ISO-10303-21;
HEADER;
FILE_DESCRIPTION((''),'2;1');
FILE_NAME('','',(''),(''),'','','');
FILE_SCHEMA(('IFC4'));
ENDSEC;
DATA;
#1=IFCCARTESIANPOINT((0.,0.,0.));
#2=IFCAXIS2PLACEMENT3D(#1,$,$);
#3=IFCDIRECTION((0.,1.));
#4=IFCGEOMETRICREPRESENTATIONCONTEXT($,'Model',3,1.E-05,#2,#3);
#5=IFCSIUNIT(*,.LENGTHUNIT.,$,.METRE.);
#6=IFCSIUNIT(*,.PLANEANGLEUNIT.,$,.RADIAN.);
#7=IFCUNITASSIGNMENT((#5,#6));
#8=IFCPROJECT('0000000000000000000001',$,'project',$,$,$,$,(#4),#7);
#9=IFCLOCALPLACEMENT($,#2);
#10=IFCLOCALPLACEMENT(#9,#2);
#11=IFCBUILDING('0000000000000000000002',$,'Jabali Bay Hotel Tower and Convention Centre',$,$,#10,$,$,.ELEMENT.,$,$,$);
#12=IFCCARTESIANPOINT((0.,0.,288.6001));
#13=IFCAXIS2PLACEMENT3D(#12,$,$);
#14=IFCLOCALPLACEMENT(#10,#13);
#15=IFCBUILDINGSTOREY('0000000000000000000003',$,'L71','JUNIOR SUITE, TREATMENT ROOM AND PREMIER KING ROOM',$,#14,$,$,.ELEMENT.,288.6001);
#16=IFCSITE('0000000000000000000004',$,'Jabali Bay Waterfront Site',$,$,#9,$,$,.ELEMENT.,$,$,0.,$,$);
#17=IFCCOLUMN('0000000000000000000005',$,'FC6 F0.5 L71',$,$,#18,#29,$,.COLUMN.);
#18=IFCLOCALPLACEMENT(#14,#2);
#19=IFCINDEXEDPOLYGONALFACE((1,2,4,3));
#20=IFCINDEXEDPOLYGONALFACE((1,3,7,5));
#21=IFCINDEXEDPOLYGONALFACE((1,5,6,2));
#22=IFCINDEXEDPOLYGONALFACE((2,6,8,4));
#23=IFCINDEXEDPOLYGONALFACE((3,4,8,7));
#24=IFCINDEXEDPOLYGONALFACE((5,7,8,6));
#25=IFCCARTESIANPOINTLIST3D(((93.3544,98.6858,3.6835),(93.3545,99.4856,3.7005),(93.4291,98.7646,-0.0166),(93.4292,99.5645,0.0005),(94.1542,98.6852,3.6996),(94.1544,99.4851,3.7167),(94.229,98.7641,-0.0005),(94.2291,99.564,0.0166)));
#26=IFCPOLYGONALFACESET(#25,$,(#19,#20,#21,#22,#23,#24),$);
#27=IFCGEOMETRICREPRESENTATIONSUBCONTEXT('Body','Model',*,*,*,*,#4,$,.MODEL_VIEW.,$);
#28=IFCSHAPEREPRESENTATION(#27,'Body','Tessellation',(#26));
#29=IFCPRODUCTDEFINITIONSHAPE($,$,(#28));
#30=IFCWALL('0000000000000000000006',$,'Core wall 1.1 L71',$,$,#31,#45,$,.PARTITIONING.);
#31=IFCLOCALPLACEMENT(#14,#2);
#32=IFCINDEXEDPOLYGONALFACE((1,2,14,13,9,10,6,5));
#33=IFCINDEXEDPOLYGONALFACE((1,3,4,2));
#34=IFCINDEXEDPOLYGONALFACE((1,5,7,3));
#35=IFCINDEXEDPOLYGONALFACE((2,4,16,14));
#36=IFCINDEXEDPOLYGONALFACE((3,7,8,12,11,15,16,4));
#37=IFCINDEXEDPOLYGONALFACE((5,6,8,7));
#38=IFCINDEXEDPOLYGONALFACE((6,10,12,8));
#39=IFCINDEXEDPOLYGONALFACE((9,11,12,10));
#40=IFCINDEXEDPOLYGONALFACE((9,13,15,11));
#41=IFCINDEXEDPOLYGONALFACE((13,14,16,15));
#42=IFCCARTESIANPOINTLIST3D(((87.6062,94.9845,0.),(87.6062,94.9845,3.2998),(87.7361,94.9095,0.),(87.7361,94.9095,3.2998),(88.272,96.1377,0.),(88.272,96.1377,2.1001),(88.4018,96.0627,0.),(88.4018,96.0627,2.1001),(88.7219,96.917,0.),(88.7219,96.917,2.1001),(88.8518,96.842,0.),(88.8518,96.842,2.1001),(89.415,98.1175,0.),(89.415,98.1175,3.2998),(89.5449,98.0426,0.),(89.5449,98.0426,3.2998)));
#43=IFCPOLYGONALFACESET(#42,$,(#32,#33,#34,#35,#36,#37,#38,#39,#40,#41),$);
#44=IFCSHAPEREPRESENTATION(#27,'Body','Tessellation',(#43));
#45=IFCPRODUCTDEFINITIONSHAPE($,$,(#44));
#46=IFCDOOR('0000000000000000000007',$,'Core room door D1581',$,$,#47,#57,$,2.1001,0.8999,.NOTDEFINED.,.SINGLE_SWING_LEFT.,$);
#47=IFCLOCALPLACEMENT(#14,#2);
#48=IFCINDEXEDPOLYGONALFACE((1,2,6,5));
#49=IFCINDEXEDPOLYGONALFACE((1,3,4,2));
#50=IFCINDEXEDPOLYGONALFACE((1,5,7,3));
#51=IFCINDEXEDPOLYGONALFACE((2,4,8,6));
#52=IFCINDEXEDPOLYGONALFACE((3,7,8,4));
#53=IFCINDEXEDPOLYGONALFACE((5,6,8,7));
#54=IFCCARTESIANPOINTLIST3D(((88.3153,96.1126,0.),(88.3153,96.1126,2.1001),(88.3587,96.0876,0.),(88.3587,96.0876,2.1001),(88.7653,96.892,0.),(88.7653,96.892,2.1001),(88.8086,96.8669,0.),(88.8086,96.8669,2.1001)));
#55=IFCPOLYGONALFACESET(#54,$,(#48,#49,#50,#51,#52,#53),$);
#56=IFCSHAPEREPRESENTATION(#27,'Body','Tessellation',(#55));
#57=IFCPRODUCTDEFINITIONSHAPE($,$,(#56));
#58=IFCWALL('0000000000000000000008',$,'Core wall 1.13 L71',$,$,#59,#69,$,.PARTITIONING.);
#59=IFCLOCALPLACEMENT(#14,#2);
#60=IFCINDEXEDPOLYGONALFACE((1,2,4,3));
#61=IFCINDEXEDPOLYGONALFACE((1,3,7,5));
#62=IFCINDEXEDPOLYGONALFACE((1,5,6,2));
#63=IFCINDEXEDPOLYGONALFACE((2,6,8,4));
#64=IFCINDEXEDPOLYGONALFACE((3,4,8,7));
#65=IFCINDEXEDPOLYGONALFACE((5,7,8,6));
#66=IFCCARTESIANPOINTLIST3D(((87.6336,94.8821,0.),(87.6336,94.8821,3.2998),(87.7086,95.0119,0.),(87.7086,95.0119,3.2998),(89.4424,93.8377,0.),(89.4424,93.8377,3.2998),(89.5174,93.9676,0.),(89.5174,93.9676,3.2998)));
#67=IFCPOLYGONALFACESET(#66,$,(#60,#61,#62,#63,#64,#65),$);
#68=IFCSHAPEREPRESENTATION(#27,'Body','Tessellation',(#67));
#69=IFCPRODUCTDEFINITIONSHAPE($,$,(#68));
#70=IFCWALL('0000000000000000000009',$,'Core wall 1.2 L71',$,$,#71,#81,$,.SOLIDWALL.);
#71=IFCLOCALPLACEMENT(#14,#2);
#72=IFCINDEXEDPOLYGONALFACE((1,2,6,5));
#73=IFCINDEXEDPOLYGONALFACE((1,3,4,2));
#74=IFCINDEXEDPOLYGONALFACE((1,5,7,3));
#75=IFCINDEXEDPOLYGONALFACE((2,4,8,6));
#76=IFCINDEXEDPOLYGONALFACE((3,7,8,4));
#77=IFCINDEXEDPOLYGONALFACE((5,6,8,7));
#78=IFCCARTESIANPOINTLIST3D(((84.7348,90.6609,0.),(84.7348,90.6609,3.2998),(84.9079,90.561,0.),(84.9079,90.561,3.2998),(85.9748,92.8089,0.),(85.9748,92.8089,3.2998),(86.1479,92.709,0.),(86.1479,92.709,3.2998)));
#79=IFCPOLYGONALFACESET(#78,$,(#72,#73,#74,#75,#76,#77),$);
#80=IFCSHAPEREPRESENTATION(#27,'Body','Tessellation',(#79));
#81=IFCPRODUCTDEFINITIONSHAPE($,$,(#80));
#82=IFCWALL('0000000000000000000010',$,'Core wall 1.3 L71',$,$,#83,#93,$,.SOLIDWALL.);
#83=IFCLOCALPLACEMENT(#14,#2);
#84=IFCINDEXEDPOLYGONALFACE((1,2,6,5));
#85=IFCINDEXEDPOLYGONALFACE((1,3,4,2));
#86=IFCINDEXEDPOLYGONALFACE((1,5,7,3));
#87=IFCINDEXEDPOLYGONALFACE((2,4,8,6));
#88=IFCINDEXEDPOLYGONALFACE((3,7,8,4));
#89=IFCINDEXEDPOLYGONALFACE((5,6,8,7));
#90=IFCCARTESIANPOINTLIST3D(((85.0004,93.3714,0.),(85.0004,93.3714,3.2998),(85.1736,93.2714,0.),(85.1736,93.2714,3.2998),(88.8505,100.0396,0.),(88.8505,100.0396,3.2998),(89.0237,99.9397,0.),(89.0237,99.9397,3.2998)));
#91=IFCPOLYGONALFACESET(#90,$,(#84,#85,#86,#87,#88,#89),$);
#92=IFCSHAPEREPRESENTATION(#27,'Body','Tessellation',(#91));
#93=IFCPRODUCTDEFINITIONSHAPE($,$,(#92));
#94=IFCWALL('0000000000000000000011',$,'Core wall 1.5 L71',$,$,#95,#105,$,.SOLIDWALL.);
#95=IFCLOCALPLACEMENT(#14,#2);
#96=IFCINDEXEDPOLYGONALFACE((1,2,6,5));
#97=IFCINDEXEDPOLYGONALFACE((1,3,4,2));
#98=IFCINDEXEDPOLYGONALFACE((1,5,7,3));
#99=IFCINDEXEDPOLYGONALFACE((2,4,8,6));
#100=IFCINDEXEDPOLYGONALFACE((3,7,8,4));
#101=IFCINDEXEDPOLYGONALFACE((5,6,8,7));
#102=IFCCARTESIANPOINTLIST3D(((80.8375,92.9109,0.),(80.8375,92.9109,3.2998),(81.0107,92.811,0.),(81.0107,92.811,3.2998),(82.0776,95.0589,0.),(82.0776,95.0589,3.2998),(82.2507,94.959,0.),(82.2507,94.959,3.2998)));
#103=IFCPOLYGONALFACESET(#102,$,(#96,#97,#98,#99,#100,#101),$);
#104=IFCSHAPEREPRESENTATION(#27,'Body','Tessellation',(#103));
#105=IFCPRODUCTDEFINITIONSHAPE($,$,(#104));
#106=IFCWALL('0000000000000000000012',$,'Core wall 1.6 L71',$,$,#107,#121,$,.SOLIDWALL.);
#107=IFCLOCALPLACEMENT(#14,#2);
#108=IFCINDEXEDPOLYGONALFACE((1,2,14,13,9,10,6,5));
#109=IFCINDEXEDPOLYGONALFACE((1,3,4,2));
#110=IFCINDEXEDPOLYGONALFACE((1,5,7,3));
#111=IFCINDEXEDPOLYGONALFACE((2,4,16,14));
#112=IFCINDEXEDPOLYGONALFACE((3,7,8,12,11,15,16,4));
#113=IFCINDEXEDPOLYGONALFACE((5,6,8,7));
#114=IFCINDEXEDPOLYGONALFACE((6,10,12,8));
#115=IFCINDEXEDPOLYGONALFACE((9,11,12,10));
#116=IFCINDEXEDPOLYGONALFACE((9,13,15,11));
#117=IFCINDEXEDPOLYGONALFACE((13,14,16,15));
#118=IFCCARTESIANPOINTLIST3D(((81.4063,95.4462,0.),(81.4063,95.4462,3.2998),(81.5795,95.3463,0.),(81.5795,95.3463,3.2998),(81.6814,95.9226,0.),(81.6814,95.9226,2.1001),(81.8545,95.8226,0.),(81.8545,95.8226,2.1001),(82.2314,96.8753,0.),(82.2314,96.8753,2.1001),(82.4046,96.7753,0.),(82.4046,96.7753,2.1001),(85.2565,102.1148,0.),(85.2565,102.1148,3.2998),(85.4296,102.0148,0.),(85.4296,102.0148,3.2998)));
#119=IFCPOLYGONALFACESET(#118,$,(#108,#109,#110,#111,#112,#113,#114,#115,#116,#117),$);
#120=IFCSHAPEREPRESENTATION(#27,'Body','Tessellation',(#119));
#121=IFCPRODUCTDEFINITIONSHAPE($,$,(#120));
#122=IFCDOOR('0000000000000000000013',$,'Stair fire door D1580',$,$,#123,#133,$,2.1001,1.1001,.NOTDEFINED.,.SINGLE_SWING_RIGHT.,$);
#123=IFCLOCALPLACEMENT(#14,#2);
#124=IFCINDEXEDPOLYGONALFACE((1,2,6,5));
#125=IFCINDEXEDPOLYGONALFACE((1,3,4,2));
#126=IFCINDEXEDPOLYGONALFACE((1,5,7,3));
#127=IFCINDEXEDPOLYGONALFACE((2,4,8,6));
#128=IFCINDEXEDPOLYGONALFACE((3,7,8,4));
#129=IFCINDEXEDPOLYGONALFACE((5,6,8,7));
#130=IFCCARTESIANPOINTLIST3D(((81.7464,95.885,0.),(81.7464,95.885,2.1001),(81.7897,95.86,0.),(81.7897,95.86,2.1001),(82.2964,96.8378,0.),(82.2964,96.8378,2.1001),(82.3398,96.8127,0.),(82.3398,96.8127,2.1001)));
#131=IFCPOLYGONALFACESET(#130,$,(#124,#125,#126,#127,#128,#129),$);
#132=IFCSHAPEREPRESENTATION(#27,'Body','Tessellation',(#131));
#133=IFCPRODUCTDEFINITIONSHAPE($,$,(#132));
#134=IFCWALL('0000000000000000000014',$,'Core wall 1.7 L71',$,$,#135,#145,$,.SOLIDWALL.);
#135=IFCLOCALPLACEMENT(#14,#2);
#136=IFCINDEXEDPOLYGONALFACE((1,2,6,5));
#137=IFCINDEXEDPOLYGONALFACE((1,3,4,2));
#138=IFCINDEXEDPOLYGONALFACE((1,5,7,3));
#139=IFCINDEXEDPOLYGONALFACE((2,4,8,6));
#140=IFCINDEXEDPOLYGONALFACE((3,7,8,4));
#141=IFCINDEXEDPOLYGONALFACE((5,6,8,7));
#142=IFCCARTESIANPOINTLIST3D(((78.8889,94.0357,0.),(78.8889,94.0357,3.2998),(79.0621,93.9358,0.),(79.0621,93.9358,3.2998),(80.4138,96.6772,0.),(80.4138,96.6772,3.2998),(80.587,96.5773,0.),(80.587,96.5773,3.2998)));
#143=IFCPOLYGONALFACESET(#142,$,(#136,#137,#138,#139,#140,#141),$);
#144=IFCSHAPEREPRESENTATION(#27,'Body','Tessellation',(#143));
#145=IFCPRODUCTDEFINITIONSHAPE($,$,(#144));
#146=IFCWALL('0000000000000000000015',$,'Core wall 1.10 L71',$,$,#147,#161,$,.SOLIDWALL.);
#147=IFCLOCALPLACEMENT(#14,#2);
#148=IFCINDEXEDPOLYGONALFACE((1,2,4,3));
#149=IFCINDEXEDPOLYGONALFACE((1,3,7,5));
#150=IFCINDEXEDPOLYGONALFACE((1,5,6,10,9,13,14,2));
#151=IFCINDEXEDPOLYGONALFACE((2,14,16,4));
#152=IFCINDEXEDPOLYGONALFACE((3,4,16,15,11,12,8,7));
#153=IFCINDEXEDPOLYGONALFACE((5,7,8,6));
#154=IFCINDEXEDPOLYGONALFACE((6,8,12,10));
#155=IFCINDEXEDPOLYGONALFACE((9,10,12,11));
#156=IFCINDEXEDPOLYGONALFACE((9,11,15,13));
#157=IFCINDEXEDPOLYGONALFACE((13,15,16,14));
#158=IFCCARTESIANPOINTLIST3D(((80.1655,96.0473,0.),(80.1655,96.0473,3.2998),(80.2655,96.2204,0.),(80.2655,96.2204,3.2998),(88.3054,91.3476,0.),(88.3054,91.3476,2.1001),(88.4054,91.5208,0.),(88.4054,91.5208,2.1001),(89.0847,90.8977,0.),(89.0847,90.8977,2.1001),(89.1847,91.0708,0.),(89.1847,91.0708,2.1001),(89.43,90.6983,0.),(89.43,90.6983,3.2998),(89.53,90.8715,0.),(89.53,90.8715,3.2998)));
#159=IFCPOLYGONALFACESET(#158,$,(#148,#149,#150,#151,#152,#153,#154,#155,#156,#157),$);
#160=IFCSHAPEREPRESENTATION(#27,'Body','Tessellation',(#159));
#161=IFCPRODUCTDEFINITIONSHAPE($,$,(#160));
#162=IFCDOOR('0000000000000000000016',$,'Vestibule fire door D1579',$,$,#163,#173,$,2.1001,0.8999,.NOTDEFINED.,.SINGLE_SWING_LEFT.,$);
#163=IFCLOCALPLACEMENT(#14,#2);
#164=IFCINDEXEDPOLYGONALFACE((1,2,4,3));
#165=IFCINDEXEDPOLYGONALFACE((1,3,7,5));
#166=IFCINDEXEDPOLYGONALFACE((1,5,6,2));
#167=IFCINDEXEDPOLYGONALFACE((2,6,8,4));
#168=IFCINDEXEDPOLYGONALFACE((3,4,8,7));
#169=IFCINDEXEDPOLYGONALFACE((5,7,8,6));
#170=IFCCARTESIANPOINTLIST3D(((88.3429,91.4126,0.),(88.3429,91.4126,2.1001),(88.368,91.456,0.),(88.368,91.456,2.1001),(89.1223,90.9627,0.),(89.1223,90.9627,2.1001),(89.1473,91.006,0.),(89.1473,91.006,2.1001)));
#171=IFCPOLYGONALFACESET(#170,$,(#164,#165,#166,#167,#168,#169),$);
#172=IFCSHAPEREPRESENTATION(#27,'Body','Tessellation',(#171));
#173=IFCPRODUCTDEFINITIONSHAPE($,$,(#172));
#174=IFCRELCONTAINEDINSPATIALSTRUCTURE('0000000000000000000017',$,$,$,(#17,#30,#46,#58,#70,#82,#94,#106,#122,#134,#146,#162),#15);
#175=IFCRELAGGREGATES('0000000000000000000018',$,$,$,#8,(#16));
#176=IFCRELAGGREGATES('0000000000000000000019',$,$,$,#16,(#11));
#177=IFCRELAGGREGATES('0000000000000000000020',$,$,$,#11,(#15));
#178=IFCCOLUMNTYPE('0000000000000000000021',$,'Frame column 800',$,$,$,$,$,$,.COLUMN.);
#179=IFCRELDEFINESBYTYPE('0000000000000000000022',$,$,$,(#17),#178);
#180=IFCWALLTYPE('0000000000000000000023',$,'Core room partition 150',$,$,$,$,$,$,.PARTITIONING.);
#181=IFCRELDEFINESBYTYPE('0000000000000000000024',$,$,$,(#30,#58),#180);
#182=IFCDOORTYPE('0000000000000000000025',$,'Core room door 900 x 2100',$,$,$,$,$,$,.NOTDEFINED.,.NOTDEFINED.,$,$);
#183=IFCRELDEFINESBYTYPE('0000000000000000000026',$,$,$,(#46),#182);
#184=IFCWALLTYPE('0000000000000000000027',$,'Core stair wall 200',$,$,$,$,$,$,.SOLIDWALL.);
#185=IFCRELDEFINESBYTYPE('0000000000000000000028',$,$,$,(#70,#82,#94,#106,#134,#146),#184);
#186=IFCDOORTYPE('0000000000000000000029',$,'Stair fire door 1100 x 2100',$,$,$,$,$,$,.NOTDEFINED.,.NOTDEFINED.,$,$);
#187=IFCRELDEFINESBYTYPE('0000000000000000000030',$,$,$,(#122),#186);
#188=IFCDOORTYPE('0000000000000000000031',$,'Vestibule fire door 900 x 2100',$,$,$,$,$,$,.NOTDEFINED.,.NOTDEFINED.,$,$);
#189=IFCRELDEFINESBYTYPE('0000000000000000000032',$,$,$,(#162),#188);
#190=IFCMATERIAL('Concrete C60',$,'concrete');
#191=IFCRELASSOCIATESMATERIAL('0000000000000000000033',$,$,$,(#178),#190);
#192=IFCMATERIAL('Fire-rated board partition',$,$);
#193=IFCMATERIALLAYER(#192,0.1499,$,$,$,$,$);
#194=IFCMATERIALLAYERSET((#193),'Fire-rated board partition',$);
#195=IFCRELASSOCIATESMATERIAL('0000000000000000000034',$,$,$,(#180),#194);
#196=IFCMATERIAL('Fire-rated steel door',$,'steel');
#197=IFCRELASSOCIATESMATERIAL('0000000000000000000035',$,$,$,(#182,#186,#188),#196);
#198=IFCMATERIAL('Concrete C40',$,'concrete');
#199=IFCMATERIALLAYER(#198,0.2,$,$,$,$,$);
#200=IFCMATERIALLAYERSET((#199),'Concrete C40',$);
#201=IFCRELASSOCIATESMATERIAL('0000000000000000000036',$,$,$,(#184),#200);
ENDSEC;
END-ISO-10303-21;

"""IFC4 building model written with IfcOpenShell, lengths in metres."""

from ifc_helpers import new_model, si_unit, direction, frame, frame_2d, origin, origin_2d, place, context, subcontext, project, spatial, rectangle, extrude, material, layer, layer_set, material_profile, profile_set, type_object, element, fill, save


model = new_model("IFC4")

# Units and contexts
model_context = context("Model", 3, precision=1e-05, world=origin(), true_north=direction((0.0, 1.0)))
body_context = subcontext(model_context, "Body", "Model", "MODEL_VIEW")
ifc_project = project(units=[si_unit("LENGTHUNIT", "METRE"), si_unit("PLANEANGLEUNIT", "RADIAN")], contexts=[model_context])

# Site, building, storey
site_placement = place(None, origin())
site = spatial("IfcSite", under=ifc_project, at=site_placement, Name="Jabali Bay Waterfront Site", CompositionType="ELEMENT", RefElevation=0.0)
building_placement = place(site_placement, origin())
building = spatial("IfcBuilding", under=site, at=building_placement, Name="Jabali Bay Hotel Tower and Convention Centre", CompositionType="ELEMENT")
storey_placement = place(building_placement, frame((0.0, 0.0, 288.6001)))
storey = spatial("IfcBuildingStorey", under=building, at=storey_placement, Name="L71", Description="JUNIOR SUITE, TREATMENT ROOM AND PREMIER KING ROOM", CompositionType="ELEMENT", Elevation=288.6001)

# Column
ifc_material_1 = material(Name="Concrete C60", Category="concrete")
ifc_material_profile = material_profile(ifc_material_1, rectangle(XDim=0.8, YDim=0.8, at=origin_2d()), Name="Frame column 800")
ifc_profile_set = profile_set([ifc_material_profile], Name="Concrete C60")
column_type = type_object("IfcColumnType", Name="Frame column 800", PredefinedType="COLUMN", material=ifc_profile_set)
column_placement = place(storey_placement, frame((93.8291, 99.1643, 0.0), z_axis=(-0.020183, -0.021304, 0.999569), x_axis=(0.999796, -0.000658, 0.020173)))
element("IfcColumn", 1, at=column_placement, inside=storey, type_object=column_type, Name="FC6 F0.5 L71", PredefinedType="COLUMN", context=body_context, shape_type="SweptSolid", body=[
    extrude(rectangle(XDim=0.8, YDim=0.8, at=origin_2d()), origin(), (0.0, 0.0, 1.0), 3.7017),
])

# Wall, opening, door
ifc_material_2 = material(Name="Fire-rated board partition")
ifc_layer_1 = layer(ifc_material_2, 0.1499)
ifc_layer_set_1 = layer_set([ifc_layer_1], Name="Fire-rated board partition")
wall_type_1 = type_object("IfcWallType", Name="Core room partition 150", PredefinedType="PARTITIONING", material=ifc_layer_set_1)
wall_1_placement = place(storey_placement, frame((87.6711, 94.947, 0.0), z_axis=(0.0, 0.0, 1.0), x_axis=(0.499993, 0.866029, 0.0)))
wall_1 = element("IfcWall", 2, at=wall_1_placement, inside=storey, type_object=wall_type_1, Name="Core wall 1.1 L71", PredefinedType="PARTITIONING", context=body_context, shape_type="SweptSolid", body=[
    extrude(rectangle(XDim=3.6177, YDim=0.1499, at=frame_2d((1.8088, 0.0))), origin(), (0.0, 0.0, 1.0), 3.2998),
])
opening_1_placement = place(wall_1_placement, frame((1.3315, 0.0, 0.0)))
opening_1 = element("IfcOpeningElement", 3, at=opening_1_placement, cuts=wall_1, PredefinedType="OPENING", context=body_context, shape_type="SweptSolid", body=[
    extrude(rectangle(XDim=0.8999, YDim=2.1001, at=frame_2d((0.45, 1.05))), frame((0.0, 0.0854, 0.0), z_axis=(0.0, -1.0, 0.0), x_axis=(1.0, 0.0, 0.0)), (0.0, 0.0, 1.0), 0.1709),
])
ifc_material_3 = material(Name="Fire-rated steel door", Category="steel")
door_type_1 = type_object("IfcDoorType", Name="Core room door 900 x 2100", OperationType="NOTDEFINED", PredefinedType="NOTDEFINED", material=ifc_material_3)
door_1_placement = place(opening_1_placement, origin())
door_1 = element("IfcDoor", 4, at=door_1_placement, inside=storey, type_object=door_type_1, Name="Core room door D1581", OperationType="SINGLE_SWING_LEFT", OverallHeight=2.1001, OverallWidth=0.8999, PredefinedType="NOTDEFINED", context=body_context, shape_type="SweptSolid", body=[
    extrude(rectangle(XDim=0.8999, YDim=2.1001, at=frame_2d((0.45, 1.05))), frame((0.0, 0.0249, 0.0), z_axis=(0.0, -1.0, 0.0), x_axis=(1.0, 0.0, 0.0)), (0.0, 0.0, 1.0), 0.05),
])
fill(opening_1, door_1)

# Walls
wall_2_placement = place(storey_placement, frame((89.48, 93.9026, 0.0), z_axis=(0.0, 0.0, 1.0), x_axis=(-0.866005, 0.500036, 0.0)))
element("IfcWall", 5, at=wall_2_placement, inside=storey, type_object=wall_type_1, Name="Core wall 1.13 L71", PredefinedType="PARTITIONING", context=body_context, shape_type="SweptSolid", body=[
    extrude(rectangle(XDim=2.0886, YDim=0.1499, at=frame_2d((1.0444, 0.0))), origin(), (0.0, 0.0, 1.0), 3.2998),
])
ifc_material_4 = material(Name="Concrete C40", Category="concrete")
ifc_layer_2 = layer(ifc_material_4, 0.2)
ifc_layer_set_2 = layer_set([ifc_layer_2], Name="Concrete C40")
wall_type_2 = type_object("IfcWallType", Name="Core stair wall 200", PredefinedType="SOLIDWALL", material=ifc_layer_set_2)
wall_3_placement = place(storey_placement, frame((84.8213, 90.6108, 0.0), z_axis=(0.0, 0.0, 1.0), x_axis=(0.499961, 0.866048, 0.0)))
element("IfcWall", 6, at=wall_3_placement, inside=storey, type_object=wall_type_2, Name="Core wall 1.2 L71", PredefinedType="SOLIDWALL", context=body_context, shape_type="SweptSolid", body=[
    extrude(rectangle(XDim=2.4802, YDim=0.2, at=frame_2d((1.2402, 0.0))), origin(), (0.0, 0.0, 1.0), 3.2998),
])
wall_4_placement = place(storey_placement, frame((85.0869, 93.3213, 0.0), z_axis=(0.0, 0.0, 1.0), x_axis=(0.50002, 0.866014, 0.0)))
element("IfcWall", 7, at=wall_4_placement, inside=storey, type_object=wall_type_2, Name="Core wall 1.3 L71", PredefinedType="SOLIDWALL", context=body_context, shape_type="SweptSolid", body=[
    extrude(rectangle(XDim=7.7, YDim=0.2, at=frame_2d((3.8501, 0.0))), origin(), (0.0, 0.0, 1.0), 3.2998),
])
wall_5_placement = place(storey_placement, frame((80.9241, 92.8608, 0.0), z_axis=(0.0, 0.0, 1.0), x_axis=(0.499961, 0.866048, 0.0)))
element("IfcWall", 8, at=wall_5_placement, inside=storey, type_object=wall_type_2, Name="Core wall 1.5 L71", PredefinedType="SOLIDWALL", context=body_context, shape_type="SweptSolid", body=[
    extrude(rectangle(XDim=2.4802, YDim=0.2, at=frame_2d((1.2402, 0.0))), origin(), (0.0, 0.0, 1.0), 3.2998),
])

# Wall, opening, door
wall_6_placement = place(storey_placement, frame((81.4929, 95.3962, 0.0), z_axis=(0.0, 0.0, 1.0), x_axis=(0.500006, 0.866022, 0.0)))
wall_6 = element("IfcWall", 9, at=wall_6_placement, inside=storey, type_object=wall_type_2, Name="Core wall 1.6 L71", PredefinedType="SOLIDWALL", context=body_context, shape_type="SweptSolid", body=[
    extrude(rectangle(XDim=7.7002, YDim=0.2, at=frame_2d((3.8501, 0.0))), origin(), (0.0, 0.0, 1.0), 3.2998),
])
opening_2_placement = place(wall_6_placement, frame((0.55, 0.0, 0.0)))
opening_2 = element("IfcOpeningElement", 10, at=opening_2_placement, cuts=wall_6, PredefinedType="OPENING", context=body_context, shape_type="SweptSolid", body=[
    extrude(rectangle(XDim=1.1001, YDim=2.1001, at=frame_2d((0.55, 1.05))), frame((0.0, 0.1104, 0.0), z_axis=(0.0, -1.0, 0.0), x_axis=(1.0, 0.0, 0.0)), (0.0, 0.0, 1.0), 0.2209),
])
door_type_2 = type_object("IfcDoorType", Name="Stair fire door 1100 x 2100", OperationType="NOTDEFINED", PredefinedType="NOTDEFINED", material=ifc_material_3)
door_2_placement = place(opening_2_placement, origin())
door_2 = element("IfcDoor", 11, at=door_2_placement, inside=storey, type_object=door_type_2, Name="Stair fire door D1580", OperationType="SINGLE_SWING_RIGHT", OverallHeight=2.1001, OverallWidth=1.1001, PredefinedType="NOTDEFINED", context=body_context, shape_type="SweptSolid", body=[
    extrude(rectangle(XDim=1.1001, YDim=2.1001, at=frame_2d((0.55, 1.05))), frame((0.0, 0.0249, 0.0), z_axis=(0.0, -1.0, 0.0), x_axis=(1.0, 0.0, 0.0)), (0.0, 0.0, 1.0), 0.05),
])
fill(opening_2, door_2)

# Wall
wall_7_placement = place(storey_placement, frame((78.9756, 93.9858, 0.0), z_axis=(0.0, 0.0, 1.0), x_axis=(0.499944, 0.866058, 0.0)))
element("IfcWall", 12, at=wall_7_placement, inside=storey, type_object=wall_type_2, Name="Core wall 1.7 L71", PredefinedType="SOLIDWALL", context=body_context, shape_type="SweptSolid", body=[
    extrude(rectangle(XDim=3.05, YDim=0.2, at=frame_2d((1.5249, 0.0))), origin(), (0.0, 0.0, 1.0), 3.2998),
])

# Wall, opening, door
wall_8_placement = place(storey_placement, frame((89.48, 90.7849, 0.0), z_axis=(0.0, 0.0, 1.0), x_axis=(-0.866023, 0.500005, 0.0)))
wall_8 = element("IfcWall", 13, at=wall_8_placement, inside=storey, type_object=wall_type_2, Name="Core wall 1.10 L71", PredefinedType="SOLIDWALL", context=body_context, shape_type="SweptSolid", body=[
    extrude(rectangle(XDim=10.6978, YDim=0.2, at=frame_2d((5.3489, 0.0))), origin(), (0.0, 0.0, 1.0), 3.2998),
])
opening_3_placement = place(wall_8_placement, frame((0.3987, 0.0, 0.0)))
opening_3 = element("IfcOpeningElement", 14, at=opening_3_placement, cuts=wall_8, PredefinedType="OPENING", context=body_context, shape_type="SweptSolid", body=[
    extrude(rectangle(XDim=0.8999, YDim=2.1001, at=frame_2d((0.45, 1.05))), frame((0.0, 0.1104, 0.0), z_axis=(0.0, -1.0, 0.0), x_axis=(1.0, 0.0, 0.0)), (0.0, 0.0, 1.0), 0.2209),
])
door_type_3 = type_object("IfcDoorType", Name="Vestibule fire door 900 x 2100", OperationType="NOTDEFINED", PredefinedType="NOTDEFINED", material=ifc_material_3)
door_3_placement = place(opening_3_placement, origin())
door_3 = element("IfcDoor", 15, at=door_3_placement, inside=storey, type_object=door_type_3, Name="Vestibule fire door D1579", OperationType="SINGLE_SWING_LEFT", OverallHeight=2.1001, OverallWidth=0.8999, PredefinedType="NOTDEFINED", context=body_context, shape_type="SweptSolid", body=[
    extrude(rectangle(XDim=0.8999, YDim=2.1001, at=frame_2d((0.45, 1.05))), frame((0.0, 0.0249, 0.0), z_axis=(0.0, -1.0, 0.0), x_axis=(1.0, 0.0, 0.0)), (0.0, 0.0, 1.0), 0.05),
])
fill(opening_3, door_3)

save(model, "model.ifc")
